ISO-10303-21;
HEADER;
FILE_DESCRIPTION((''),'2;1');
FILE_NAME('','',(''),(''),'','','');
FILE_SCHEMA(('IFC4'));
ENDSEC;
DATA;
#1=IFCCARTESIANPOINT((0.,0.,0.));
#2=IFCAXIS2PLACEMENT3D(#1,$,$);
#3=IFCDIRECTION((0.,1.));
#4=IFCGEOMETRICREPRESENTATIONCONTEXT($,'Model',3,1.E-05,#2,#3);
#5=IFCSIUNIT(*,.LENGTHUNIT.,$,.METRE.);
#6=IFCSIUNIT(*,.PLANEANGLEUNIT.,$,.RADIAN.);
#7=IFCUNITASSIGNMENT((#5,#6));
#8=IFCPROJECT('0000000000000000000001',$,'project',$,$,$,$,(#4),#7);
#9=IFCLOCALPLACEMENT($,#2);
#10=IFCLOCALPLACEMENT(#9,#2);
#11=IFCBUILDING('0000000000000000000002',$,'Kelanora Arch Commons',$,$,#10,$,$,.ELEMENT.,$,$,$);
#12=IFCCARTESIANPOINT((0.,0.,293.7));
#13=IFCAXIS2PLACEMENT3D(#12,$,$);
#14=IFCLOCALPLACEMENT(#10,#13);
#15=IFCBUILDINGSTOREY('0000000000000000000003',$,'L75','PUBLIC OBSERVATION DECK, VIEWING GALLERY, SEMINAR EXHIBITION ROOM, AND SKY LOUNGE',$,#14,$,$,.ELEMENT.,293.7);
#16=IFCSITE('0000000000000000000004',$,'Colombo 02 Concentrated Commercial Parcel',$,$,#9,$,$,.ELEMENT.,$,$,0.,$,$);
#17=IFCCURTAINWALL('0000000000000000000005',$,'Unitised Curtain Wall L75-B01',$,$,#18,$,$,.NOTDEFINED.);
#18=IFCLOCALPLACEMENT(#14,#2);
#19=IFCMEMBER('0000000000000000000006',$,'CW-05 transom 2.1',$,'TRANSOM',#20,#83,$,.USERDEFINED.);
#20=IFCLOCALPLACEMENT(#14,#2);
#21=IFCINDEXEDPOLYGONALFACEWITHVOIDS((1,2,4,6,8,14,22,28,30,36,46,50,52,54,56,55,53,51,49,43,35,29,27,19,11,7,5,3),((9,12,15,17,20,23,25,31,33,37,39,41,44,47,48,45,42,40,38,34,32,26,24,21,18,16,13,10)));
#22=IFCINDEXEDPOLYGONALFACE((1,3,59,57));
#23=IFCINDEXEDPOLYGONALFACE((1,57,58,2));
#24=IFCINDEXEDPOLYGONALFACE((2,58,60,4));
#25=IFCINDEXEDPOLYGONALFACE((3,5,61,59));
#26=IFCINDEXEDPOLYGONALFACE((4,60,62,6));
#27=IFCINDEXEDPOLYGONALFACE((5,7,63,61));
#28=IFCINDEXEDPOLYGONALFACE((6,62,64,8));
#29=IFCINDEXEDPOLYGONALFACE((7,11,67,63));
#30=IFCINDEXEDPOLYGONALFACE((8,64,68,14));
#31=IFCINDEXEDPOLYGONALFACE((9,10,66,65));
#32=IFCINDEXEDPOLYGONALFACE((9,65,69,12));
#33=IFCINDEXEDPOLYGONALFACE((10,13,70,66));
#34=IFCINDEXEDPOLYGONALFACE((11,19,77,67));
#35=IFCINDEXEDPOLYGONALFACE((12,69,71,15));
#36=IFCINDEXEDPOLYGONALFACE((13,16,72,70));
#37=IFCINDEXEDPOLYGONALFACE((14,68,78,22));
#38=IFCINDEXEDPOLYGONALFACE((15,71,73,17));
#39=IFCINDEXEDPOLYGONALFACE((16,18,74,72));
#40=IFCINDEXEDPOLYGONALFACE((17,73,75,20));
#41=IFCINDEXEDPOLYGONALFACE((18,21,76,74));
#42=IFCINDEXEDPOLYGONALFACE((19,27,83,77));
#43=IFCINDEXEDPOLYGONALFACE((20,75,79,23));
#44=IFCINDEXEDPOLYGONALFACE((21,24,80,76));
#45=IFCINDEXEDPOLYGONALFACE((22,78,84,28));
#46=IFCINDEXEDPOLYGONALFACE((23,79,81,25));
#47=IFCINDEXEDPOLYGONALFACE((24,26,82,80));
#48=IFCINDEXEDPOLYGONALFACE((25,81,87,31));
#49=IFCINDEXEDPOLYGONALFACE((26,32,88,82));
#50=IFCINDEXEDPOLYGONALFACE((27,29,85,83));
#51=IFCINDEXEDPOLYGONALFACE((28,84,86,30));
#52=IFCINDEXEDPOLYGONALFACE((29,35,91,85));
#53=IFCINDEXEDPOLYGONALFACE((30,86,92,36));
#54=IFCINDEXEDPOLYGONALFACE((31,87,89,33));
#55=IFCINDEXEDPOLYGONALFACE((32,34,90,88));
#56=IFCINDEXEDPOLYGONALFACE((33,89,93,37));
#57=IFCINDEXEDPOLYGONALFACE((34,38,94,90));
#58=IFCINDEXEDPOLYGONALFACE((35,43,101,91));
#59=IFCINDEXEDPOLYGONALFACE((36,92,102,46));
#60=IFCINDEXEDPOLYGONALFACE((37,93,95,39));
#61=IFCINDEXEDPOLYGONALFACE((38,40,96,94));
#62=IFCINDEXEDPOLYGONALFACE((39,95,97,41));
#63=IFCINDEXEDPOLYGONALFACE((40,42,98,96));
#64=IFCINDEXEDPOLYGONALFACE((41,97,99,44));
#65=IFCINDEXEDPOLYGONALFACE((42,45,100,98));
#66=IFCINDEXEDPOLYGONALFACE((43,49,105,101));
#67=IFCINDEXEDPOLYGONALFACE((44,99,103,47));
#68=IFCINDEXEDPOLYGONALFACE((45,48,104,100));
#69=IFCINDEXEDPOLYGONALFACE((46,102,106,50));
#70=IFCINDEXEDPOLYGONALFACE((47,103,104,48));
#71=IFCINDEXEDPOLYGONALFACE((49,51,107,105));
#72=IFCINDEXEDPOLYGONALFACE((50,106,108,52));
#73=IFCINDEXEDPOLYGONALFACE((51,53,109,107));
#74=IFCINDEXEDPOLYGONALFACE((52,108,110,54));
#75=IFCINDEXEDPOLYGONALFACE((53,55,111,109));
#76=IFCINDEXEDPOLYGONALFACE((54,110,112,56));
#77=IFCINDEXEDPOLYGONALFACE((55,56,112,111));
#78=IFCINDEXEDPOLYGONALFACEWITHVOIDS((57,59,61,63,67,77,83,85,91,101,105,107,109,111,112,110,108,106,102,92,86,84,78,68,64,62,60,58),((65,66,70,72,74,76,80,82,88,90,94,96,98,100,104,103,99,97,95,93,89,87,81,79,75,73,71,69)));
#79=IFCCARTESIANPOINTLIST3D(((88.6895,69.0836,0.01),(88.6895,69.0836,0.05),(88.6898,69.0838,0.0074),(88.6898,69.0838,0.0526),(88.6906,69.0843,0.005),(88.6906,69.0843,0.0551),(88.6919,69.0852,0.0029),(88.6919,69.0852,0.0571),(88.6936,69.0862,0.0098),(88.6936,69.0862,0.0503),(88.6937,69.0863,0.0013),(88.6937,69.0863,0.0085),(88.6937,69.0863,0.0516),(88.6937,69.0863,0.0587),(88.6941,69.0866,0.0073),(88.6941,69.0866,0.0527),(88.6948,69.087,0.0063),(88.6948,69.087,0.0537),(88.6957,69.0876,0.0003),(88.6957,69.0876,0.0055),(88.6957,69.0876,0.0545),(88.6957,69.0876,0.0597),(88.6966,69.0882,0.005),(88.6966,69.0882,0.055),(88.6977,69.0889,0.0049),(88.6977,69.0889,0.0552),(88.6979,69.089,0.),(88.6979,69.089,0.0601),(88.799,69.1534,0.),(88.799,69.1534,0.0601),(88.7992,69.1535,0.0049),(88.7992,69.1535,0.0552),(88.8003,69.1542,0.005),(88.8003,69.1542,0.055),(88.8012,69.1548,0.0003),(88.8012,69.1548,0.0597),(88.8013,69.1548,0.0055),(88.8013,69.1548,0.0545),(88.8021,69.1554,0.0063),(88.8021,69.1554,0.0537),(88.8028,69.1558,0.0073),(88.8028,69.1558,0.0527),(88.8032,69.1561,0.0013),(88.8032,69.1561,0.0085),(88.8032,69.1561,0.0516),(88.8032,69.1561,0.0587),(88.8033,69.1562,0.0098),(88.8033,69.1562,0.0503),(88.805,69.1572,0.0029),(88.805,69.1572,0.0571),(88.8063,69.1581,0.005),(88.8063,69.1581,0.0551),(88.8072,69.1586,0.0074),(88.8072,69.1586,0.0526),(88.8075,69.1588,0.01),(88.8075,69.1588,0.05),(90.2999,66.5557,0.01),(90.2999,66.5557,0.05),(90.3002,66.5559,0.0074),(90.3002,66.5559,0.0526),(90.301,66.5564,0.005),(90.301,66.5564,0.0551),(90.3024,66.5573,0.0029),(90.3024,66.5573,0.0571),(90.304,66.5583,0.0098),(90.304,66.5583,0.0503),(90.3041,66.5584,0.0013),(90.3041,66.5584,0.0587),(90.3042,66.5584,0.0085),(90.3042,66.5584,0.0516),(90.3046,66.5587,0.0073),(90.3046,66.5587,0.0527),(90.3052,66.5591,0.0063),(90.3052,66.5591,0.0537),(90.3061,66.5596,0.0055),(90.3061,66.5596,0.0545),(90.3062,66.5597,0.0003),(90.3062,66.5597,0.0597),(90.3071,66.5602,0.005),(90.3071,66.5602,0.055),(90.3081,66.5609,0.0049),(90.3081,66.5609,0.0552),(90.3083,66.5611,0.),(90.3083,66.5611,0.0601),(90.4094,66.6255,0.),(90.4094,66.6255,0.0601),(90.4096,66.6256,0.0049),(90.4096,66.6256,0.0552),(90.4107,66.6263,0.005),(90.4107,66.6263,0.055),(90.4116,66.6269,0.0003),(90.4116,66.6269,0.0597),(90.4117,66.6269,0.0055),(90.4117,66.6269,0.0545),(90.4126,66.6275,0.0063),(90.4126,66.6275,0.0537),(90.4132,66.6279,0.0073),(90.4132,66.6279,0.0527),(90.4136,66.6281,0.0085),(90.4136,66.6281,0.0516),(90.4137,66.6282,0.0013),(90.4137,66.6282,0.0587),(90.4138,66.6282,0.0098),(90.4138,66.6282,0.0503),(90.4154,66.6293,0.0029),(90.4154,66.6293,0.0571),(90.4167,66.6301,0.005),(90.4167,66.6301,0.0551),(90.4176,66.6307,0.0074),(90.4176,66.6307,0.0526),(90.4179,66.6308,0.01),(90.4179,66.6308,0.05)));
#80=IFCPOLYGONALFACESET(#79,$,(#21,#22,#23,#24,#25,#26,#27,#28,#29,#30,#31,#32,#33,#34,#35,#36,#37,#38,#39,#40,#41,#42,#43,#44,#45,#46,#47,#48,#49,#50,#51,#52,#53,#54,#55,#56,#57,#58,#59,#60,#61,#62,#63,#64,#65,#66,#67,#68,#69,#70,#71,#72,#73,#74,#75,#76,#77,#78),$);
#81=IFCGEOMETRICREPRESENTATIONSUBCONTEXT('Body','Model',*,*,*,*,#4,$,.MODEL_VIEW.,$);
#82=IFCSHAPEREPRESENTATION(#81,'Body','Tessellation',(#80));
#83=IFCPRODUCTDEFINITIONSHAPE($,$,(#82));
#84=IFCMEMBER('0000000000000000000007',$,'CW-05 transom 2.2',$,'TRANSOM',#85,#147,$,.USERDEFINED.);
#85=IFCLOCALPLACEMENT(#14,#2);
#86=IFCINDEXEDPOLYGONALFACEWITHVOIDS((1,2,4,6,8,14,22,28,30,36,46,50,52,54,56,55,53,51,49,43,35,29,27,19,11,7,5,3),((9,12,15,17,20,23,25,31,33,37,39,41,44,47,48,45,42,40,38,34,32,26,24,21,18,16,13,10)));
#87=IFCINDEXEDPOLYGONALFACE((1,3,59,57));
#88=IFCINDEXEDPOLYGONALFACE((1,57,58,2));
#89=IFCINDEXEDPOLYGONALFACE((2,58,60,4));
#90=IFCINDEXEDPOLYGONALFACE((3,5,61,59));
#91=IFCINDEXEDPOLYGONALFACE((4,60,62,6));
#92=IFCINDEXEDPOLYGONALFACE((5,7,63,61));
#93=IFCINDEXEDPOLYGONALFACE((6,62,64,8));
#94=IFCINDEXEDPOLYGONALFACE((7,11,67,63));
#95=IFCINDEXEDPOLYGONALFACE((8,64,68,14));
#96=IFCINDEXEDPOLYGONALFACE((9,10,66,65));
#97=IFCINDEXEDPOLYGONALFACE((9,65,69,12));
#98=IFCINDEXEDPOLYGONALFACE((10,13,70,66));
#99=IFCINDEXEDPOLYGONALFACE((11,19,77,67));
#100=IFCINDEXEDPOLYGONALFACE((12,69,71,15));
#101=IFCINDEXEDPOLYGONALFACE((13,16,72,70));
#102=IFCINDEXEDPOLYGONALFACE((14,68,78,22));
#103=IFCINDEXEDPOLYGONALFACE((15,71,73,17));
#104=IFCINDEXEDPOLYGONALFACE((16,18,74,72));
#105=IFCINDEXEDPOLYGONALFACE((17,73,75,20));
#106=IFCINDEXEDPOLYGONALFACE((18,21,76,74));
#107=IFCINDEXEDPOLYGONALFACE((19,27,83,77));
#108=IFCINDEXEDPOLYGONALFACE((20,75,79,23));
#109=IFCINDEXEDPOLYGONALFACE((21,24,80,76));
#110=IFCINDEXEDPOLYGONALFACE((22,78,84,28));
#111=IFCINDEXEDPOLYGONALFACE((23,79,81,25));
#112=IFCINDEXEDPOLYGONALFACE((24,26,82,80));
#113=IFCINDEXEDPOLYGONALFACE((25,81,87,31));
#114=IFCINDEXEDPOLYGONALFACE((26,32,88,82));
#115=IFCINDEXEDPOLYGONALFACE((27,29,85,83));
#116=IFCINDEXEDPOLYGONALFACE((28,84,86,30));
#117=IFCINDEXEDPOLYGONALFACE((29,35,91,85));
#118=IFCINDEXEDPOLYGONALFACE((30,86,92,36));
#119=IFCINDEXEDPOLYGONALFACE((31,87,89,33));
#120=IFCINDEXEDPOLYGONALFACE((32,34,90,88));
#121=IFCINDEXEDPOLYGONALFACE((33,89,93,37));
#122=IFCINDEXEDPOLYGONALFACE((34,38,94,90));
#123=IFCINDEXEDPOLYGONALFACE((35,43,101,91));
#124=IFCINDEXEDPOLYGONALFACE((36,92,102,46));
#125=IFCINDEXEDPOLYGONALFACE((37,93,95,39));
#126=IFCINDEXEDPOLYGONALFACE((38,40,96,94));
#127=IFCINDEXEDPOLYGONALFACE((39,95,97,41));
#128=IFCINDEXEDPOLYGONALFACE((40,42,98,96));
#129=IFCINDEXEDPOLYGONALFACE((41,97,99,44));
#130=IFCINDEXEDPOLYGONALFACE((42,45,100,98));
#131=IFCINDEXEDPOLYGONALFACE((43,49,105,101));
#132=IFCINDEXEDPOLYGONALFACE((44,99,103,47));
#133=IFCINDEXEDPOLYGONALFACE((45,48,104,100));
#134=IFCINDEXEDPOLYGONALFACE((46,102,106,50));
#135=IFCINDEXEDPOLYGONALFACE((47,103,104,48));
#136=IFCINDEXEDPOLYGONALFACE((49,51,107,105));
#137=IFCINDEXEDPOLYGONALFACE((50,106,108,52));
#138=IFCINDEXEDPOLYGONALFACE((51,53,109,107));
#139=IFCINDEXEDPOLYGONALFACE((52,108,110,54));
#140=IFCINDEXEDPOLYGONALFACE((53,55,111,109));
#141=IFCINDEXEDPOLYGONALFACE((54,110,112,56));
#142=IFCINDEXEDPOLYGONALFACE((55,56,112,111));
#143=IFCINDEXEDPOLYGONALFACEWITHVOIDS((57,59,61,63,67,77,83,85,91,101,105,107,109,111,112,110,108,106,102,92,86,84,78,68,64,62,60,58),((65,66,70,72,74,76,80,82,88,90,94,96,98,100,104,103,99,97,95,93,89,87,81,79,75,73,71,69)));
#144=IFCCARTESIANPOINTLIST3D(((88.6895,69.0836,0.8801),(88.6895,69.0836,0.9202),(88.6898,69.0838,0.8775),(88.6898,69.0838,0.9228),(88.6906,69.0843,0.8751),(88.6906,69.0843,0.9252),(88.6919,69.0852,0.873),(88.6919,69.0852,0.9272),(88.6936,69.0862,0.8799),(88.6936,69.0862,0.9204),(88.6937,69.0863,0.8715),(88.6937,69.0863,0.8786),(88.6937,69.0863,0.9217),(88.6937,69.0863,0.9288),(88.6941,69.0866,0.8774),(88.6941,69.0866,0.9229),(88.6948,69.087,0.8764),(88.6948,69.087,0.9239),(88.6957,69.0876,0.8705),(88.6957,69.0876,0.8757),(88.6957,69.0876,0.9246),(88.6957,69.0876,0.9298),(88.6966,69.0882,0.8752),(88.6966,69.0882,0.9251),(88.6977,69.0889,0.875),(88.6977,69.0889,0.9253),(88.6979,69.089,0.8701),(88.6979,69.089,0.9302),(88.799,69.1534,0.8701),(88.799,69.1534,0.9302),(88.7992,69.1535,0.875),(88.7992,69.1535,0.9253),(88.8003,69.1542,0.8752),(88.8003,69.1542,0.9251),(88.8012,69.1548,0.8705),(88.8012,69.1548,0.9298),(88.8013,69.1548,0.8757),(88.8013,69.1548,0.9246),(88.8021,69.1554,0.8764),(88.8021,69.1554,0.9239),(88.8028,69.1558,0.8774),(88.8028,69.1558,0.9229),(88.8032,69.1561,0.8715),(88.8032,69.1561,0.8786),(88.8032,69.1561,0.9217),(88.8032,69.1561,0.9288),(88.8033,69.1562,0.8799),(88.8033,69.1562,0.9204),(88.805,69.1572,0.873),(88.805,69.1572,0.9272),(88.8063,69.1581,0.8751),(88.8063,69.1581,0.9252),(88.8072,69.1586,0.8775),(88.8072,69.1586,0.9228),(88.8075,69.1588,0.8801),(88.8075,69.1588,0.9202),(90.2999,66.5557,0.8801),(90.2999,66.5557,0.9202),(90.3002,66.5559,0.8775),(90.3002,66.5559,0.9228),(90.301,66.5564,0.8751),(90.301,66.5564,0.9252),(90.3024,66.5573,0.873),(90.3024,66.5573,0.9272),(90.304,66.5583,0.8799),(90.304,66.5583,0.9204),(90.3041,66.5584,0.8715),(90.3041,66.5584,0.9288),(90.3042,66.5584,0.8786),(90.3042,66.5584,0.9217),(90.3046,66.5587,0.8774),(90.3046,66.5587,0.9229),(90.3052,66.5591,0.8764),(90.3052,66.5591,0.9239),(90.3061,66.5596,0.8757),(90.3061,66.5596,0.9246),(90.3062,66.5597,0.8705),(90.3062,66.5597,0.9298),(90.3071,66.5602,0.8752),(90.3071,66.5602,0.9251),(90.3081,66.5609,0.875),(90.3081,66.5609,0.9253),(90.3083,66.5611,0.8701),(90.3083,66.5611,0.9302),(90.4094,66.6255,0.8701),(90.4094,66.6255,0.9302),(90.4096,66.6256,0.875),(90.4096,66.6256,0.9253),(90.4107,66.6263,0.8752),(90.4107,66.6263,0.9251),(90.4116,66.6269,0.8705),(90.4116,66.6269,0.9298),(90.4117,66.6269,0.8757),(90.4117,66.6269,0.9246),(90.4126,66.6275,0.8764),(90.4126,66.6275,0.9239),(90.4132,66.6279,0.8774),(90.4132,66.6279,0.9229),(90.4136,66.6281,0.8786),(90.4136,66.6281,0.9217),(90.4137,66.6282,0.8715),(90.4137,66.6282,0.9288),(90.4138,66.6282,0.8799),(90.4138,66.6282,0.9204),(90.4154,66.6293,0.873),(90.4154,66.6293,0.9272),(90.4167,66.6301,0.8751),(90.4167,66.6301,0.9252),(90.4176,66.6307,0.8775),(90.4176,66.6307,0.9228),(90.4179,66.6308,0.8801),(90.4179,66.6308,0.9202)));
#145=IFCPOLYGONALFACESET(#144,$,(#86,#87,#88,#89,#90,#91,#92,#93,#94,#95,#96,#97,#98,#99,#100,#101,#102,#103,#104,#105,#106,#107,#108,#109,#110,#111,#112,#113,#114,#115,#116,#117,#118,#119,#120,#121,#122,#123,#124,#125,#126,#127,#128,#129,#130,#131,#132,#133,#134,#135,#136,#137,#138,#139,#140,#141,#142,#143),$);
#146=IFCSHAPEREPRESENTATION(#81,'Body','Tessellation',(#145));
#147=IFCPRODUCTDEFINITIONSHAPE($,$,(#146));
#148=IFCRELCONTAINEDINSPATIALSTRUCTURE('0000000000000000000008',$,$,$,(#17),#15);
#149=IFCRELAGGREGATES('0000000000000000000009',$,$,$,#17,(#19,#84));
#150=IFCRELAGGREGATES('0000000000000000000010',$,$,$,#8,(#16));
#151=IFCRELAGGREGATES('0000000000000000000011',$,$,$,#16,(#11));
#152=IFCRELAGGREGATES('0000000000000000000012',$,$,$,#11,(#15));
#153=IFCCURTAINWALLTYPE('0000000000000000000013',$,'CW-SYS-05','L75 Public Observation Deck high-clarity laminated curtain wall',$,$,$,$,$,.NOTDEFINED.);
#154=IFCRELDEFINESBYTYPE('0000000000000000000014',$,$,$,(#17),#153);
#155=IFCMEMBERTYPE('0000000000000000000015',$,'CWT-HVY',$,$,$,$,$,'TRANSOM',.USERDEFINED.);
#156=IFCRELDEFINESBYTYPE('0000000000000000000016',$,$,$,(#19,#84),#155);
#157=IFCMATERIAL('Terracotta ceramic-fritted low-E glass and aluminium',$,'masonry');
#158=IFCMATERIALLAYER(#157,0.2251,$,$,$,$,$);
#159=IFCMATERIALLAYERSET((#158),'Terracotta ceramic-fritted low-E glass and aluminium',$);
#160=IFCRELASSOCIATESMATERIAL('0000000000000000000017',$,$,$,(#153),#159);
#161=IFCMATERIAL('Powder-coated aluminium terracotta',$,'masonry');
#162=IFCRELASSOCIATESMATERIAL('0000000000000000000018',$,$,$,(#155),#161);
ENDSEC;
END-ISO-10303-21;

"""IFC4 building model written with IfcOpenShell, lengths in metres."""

from ifc_helpers import new_model, si_unit, direction, frame, origin, origin_2d, place, context, subcontext, project, spatial, hollow_rectangle, extrude, material, layer, layer_set, material_profile, profile_set, type_object, element, aggregate, save


model = new_model("IFC4")

# Units and contexts
model_context = context("Model", 3, precision=1e-05, world=origin(), true_north=direction((0.0, 1.0)))
body_context = subcontext(model_context, "Body", "Model", "MODEL_VIEW")
ifc_project = project(units=[si_unit("LENGTHUNIT", "METRE"), si_unit("PLANEANGLEUNIT", "RADIAN")], contexts=[model_context])

# Site, building, storey
site_placement = place(None, origin())
site = spatial("IfcSite", under=ifc_project, at=site_placement, Name="Colombo 02 Concentrated Commercial Parcel", CompositionType="ELEMENT", RefElevation=0.0)
building_placement = place(site_placement, origin())
building = spatial("IfcBuilding", under=site, at=building_placement, Name="Kelanora Arch Commons", CompositionType="ELEMENT")
storey_placement = place(building_placement, frame((0.0, 0.0, 293.7)))
storey = spatial("IfcBuildingStorey", under=building, at=storey_placement, Name="L75", Description="PUBLIC OBSERVATION DECK, VIEWING GALLERY, SEMINAR EXHIBITION ROOM, AND SKY LOUNGE", CompositionType="ELEMENT", Elevation=293.7)

# Curtain wall
ifc_material_1 = material(Name="Terracotta ceramic-fritted low-E glass and aluminium", Category="masonry")
ifc_layer_1 = layer(ifc_material_1, 0.2251)
ifc_layer_set_1 = layer_set([ifc_layer_1], Name="Terracotta ceramic-fritted low-E glass and aluminium")
curtain_wall_type = type_object("IfcCurtainWallType", Name="CW-SYS-05", Description="L75 Public Observation Deck high-clarity laminated curtain wall", PredefinedType="NOTDEFINED", material=ifc_layer_set_1)
curtain_wall_1_placement = place(storey_placement, origin())
curtain_wall_1 = element("IfcCurtainWall", 1, at=curtain_wall_1_placement, inside=storey, type_object=curtain_wall_type, Name="Unitised Curtain Wall L75-B01", PredefinedType="NOTDEFINED")
ifc_material_2 = material(Name="Powder-coated aluminium terracotta", Category="masonry")

# Members
ifc_material_profile_1 = material_profile(ifc_material_2, hollow_rectangle(XDim=0.1399, YDim=0.0601, WallThickness=0.0049, InnerFilletRadius=0.0049, OuterFilletRadius=0.01, at=origin_2d()), Name="CWT140x60")
ifc_profile_set_1 = profile_set([ifc_material_profile_1], Name="Powder-coated aluminium terracotta")
member_type_1 = type_object("IfcMemberType", Name="CWT-HVY", ElementType="TRANSOM", PredefinedType="USERDEFINED", material=ifc_profile_set_1)
member_1_placement = place(storey_placement, frame((90.3589, 66.5933, 0.03), z_axis=(-0.537287, 0.8434, 0.0), x_axis=(-0.8434, -0.537287, 0.0)))
member_1 = element("IfcMember", 2, at=member_1_placement, type_object=member_type_1, Name="CW-05 transom 2.1", ObjectType="TRANSOM", PredefinedType="USERDEFINED", context=body_context, shape_type="SweptSolid", body=[
    extrude(hollow_rectangle(XDim=0.1399, YDim=0.0601, WallThickness=0.0049, InnerFilletRadius=0.0049, OuterFilletRadius=0.01, at=origin_2d()), origin(), (0.0, 0.0, 1.0), 2.9973),
])
member_2_placement = place(storey_placement, frame((90.3589, 66.5933, 0.9001), z_axis=(-0.537287, 0.8434, 0.0), x_axis=(-0.8434, -0.537287, 0.0)))
member_2 = element("IfcMember", 3, at=member_2_placement, type_object=member_type_1, Name="CW-05 transom 2.2", ObjectType="TRANSOM", PredefinedType="USERDEFINED", context=body_context, shape_type="SweptSolid", body=[
    extrude(hollow_rectangle(XDim=0.1399, YDim=0.0601, WallThickness=0.0049, InnerFilletRadius=0.0049, OuterFilletRadius=0.01, at=origin_2d()), origin(), (0.0, 0.0, 1.0), 2.9973),
])

aggregate(curtain_wall_1, [member_1, member_2])

save(model, "model.ifc")
